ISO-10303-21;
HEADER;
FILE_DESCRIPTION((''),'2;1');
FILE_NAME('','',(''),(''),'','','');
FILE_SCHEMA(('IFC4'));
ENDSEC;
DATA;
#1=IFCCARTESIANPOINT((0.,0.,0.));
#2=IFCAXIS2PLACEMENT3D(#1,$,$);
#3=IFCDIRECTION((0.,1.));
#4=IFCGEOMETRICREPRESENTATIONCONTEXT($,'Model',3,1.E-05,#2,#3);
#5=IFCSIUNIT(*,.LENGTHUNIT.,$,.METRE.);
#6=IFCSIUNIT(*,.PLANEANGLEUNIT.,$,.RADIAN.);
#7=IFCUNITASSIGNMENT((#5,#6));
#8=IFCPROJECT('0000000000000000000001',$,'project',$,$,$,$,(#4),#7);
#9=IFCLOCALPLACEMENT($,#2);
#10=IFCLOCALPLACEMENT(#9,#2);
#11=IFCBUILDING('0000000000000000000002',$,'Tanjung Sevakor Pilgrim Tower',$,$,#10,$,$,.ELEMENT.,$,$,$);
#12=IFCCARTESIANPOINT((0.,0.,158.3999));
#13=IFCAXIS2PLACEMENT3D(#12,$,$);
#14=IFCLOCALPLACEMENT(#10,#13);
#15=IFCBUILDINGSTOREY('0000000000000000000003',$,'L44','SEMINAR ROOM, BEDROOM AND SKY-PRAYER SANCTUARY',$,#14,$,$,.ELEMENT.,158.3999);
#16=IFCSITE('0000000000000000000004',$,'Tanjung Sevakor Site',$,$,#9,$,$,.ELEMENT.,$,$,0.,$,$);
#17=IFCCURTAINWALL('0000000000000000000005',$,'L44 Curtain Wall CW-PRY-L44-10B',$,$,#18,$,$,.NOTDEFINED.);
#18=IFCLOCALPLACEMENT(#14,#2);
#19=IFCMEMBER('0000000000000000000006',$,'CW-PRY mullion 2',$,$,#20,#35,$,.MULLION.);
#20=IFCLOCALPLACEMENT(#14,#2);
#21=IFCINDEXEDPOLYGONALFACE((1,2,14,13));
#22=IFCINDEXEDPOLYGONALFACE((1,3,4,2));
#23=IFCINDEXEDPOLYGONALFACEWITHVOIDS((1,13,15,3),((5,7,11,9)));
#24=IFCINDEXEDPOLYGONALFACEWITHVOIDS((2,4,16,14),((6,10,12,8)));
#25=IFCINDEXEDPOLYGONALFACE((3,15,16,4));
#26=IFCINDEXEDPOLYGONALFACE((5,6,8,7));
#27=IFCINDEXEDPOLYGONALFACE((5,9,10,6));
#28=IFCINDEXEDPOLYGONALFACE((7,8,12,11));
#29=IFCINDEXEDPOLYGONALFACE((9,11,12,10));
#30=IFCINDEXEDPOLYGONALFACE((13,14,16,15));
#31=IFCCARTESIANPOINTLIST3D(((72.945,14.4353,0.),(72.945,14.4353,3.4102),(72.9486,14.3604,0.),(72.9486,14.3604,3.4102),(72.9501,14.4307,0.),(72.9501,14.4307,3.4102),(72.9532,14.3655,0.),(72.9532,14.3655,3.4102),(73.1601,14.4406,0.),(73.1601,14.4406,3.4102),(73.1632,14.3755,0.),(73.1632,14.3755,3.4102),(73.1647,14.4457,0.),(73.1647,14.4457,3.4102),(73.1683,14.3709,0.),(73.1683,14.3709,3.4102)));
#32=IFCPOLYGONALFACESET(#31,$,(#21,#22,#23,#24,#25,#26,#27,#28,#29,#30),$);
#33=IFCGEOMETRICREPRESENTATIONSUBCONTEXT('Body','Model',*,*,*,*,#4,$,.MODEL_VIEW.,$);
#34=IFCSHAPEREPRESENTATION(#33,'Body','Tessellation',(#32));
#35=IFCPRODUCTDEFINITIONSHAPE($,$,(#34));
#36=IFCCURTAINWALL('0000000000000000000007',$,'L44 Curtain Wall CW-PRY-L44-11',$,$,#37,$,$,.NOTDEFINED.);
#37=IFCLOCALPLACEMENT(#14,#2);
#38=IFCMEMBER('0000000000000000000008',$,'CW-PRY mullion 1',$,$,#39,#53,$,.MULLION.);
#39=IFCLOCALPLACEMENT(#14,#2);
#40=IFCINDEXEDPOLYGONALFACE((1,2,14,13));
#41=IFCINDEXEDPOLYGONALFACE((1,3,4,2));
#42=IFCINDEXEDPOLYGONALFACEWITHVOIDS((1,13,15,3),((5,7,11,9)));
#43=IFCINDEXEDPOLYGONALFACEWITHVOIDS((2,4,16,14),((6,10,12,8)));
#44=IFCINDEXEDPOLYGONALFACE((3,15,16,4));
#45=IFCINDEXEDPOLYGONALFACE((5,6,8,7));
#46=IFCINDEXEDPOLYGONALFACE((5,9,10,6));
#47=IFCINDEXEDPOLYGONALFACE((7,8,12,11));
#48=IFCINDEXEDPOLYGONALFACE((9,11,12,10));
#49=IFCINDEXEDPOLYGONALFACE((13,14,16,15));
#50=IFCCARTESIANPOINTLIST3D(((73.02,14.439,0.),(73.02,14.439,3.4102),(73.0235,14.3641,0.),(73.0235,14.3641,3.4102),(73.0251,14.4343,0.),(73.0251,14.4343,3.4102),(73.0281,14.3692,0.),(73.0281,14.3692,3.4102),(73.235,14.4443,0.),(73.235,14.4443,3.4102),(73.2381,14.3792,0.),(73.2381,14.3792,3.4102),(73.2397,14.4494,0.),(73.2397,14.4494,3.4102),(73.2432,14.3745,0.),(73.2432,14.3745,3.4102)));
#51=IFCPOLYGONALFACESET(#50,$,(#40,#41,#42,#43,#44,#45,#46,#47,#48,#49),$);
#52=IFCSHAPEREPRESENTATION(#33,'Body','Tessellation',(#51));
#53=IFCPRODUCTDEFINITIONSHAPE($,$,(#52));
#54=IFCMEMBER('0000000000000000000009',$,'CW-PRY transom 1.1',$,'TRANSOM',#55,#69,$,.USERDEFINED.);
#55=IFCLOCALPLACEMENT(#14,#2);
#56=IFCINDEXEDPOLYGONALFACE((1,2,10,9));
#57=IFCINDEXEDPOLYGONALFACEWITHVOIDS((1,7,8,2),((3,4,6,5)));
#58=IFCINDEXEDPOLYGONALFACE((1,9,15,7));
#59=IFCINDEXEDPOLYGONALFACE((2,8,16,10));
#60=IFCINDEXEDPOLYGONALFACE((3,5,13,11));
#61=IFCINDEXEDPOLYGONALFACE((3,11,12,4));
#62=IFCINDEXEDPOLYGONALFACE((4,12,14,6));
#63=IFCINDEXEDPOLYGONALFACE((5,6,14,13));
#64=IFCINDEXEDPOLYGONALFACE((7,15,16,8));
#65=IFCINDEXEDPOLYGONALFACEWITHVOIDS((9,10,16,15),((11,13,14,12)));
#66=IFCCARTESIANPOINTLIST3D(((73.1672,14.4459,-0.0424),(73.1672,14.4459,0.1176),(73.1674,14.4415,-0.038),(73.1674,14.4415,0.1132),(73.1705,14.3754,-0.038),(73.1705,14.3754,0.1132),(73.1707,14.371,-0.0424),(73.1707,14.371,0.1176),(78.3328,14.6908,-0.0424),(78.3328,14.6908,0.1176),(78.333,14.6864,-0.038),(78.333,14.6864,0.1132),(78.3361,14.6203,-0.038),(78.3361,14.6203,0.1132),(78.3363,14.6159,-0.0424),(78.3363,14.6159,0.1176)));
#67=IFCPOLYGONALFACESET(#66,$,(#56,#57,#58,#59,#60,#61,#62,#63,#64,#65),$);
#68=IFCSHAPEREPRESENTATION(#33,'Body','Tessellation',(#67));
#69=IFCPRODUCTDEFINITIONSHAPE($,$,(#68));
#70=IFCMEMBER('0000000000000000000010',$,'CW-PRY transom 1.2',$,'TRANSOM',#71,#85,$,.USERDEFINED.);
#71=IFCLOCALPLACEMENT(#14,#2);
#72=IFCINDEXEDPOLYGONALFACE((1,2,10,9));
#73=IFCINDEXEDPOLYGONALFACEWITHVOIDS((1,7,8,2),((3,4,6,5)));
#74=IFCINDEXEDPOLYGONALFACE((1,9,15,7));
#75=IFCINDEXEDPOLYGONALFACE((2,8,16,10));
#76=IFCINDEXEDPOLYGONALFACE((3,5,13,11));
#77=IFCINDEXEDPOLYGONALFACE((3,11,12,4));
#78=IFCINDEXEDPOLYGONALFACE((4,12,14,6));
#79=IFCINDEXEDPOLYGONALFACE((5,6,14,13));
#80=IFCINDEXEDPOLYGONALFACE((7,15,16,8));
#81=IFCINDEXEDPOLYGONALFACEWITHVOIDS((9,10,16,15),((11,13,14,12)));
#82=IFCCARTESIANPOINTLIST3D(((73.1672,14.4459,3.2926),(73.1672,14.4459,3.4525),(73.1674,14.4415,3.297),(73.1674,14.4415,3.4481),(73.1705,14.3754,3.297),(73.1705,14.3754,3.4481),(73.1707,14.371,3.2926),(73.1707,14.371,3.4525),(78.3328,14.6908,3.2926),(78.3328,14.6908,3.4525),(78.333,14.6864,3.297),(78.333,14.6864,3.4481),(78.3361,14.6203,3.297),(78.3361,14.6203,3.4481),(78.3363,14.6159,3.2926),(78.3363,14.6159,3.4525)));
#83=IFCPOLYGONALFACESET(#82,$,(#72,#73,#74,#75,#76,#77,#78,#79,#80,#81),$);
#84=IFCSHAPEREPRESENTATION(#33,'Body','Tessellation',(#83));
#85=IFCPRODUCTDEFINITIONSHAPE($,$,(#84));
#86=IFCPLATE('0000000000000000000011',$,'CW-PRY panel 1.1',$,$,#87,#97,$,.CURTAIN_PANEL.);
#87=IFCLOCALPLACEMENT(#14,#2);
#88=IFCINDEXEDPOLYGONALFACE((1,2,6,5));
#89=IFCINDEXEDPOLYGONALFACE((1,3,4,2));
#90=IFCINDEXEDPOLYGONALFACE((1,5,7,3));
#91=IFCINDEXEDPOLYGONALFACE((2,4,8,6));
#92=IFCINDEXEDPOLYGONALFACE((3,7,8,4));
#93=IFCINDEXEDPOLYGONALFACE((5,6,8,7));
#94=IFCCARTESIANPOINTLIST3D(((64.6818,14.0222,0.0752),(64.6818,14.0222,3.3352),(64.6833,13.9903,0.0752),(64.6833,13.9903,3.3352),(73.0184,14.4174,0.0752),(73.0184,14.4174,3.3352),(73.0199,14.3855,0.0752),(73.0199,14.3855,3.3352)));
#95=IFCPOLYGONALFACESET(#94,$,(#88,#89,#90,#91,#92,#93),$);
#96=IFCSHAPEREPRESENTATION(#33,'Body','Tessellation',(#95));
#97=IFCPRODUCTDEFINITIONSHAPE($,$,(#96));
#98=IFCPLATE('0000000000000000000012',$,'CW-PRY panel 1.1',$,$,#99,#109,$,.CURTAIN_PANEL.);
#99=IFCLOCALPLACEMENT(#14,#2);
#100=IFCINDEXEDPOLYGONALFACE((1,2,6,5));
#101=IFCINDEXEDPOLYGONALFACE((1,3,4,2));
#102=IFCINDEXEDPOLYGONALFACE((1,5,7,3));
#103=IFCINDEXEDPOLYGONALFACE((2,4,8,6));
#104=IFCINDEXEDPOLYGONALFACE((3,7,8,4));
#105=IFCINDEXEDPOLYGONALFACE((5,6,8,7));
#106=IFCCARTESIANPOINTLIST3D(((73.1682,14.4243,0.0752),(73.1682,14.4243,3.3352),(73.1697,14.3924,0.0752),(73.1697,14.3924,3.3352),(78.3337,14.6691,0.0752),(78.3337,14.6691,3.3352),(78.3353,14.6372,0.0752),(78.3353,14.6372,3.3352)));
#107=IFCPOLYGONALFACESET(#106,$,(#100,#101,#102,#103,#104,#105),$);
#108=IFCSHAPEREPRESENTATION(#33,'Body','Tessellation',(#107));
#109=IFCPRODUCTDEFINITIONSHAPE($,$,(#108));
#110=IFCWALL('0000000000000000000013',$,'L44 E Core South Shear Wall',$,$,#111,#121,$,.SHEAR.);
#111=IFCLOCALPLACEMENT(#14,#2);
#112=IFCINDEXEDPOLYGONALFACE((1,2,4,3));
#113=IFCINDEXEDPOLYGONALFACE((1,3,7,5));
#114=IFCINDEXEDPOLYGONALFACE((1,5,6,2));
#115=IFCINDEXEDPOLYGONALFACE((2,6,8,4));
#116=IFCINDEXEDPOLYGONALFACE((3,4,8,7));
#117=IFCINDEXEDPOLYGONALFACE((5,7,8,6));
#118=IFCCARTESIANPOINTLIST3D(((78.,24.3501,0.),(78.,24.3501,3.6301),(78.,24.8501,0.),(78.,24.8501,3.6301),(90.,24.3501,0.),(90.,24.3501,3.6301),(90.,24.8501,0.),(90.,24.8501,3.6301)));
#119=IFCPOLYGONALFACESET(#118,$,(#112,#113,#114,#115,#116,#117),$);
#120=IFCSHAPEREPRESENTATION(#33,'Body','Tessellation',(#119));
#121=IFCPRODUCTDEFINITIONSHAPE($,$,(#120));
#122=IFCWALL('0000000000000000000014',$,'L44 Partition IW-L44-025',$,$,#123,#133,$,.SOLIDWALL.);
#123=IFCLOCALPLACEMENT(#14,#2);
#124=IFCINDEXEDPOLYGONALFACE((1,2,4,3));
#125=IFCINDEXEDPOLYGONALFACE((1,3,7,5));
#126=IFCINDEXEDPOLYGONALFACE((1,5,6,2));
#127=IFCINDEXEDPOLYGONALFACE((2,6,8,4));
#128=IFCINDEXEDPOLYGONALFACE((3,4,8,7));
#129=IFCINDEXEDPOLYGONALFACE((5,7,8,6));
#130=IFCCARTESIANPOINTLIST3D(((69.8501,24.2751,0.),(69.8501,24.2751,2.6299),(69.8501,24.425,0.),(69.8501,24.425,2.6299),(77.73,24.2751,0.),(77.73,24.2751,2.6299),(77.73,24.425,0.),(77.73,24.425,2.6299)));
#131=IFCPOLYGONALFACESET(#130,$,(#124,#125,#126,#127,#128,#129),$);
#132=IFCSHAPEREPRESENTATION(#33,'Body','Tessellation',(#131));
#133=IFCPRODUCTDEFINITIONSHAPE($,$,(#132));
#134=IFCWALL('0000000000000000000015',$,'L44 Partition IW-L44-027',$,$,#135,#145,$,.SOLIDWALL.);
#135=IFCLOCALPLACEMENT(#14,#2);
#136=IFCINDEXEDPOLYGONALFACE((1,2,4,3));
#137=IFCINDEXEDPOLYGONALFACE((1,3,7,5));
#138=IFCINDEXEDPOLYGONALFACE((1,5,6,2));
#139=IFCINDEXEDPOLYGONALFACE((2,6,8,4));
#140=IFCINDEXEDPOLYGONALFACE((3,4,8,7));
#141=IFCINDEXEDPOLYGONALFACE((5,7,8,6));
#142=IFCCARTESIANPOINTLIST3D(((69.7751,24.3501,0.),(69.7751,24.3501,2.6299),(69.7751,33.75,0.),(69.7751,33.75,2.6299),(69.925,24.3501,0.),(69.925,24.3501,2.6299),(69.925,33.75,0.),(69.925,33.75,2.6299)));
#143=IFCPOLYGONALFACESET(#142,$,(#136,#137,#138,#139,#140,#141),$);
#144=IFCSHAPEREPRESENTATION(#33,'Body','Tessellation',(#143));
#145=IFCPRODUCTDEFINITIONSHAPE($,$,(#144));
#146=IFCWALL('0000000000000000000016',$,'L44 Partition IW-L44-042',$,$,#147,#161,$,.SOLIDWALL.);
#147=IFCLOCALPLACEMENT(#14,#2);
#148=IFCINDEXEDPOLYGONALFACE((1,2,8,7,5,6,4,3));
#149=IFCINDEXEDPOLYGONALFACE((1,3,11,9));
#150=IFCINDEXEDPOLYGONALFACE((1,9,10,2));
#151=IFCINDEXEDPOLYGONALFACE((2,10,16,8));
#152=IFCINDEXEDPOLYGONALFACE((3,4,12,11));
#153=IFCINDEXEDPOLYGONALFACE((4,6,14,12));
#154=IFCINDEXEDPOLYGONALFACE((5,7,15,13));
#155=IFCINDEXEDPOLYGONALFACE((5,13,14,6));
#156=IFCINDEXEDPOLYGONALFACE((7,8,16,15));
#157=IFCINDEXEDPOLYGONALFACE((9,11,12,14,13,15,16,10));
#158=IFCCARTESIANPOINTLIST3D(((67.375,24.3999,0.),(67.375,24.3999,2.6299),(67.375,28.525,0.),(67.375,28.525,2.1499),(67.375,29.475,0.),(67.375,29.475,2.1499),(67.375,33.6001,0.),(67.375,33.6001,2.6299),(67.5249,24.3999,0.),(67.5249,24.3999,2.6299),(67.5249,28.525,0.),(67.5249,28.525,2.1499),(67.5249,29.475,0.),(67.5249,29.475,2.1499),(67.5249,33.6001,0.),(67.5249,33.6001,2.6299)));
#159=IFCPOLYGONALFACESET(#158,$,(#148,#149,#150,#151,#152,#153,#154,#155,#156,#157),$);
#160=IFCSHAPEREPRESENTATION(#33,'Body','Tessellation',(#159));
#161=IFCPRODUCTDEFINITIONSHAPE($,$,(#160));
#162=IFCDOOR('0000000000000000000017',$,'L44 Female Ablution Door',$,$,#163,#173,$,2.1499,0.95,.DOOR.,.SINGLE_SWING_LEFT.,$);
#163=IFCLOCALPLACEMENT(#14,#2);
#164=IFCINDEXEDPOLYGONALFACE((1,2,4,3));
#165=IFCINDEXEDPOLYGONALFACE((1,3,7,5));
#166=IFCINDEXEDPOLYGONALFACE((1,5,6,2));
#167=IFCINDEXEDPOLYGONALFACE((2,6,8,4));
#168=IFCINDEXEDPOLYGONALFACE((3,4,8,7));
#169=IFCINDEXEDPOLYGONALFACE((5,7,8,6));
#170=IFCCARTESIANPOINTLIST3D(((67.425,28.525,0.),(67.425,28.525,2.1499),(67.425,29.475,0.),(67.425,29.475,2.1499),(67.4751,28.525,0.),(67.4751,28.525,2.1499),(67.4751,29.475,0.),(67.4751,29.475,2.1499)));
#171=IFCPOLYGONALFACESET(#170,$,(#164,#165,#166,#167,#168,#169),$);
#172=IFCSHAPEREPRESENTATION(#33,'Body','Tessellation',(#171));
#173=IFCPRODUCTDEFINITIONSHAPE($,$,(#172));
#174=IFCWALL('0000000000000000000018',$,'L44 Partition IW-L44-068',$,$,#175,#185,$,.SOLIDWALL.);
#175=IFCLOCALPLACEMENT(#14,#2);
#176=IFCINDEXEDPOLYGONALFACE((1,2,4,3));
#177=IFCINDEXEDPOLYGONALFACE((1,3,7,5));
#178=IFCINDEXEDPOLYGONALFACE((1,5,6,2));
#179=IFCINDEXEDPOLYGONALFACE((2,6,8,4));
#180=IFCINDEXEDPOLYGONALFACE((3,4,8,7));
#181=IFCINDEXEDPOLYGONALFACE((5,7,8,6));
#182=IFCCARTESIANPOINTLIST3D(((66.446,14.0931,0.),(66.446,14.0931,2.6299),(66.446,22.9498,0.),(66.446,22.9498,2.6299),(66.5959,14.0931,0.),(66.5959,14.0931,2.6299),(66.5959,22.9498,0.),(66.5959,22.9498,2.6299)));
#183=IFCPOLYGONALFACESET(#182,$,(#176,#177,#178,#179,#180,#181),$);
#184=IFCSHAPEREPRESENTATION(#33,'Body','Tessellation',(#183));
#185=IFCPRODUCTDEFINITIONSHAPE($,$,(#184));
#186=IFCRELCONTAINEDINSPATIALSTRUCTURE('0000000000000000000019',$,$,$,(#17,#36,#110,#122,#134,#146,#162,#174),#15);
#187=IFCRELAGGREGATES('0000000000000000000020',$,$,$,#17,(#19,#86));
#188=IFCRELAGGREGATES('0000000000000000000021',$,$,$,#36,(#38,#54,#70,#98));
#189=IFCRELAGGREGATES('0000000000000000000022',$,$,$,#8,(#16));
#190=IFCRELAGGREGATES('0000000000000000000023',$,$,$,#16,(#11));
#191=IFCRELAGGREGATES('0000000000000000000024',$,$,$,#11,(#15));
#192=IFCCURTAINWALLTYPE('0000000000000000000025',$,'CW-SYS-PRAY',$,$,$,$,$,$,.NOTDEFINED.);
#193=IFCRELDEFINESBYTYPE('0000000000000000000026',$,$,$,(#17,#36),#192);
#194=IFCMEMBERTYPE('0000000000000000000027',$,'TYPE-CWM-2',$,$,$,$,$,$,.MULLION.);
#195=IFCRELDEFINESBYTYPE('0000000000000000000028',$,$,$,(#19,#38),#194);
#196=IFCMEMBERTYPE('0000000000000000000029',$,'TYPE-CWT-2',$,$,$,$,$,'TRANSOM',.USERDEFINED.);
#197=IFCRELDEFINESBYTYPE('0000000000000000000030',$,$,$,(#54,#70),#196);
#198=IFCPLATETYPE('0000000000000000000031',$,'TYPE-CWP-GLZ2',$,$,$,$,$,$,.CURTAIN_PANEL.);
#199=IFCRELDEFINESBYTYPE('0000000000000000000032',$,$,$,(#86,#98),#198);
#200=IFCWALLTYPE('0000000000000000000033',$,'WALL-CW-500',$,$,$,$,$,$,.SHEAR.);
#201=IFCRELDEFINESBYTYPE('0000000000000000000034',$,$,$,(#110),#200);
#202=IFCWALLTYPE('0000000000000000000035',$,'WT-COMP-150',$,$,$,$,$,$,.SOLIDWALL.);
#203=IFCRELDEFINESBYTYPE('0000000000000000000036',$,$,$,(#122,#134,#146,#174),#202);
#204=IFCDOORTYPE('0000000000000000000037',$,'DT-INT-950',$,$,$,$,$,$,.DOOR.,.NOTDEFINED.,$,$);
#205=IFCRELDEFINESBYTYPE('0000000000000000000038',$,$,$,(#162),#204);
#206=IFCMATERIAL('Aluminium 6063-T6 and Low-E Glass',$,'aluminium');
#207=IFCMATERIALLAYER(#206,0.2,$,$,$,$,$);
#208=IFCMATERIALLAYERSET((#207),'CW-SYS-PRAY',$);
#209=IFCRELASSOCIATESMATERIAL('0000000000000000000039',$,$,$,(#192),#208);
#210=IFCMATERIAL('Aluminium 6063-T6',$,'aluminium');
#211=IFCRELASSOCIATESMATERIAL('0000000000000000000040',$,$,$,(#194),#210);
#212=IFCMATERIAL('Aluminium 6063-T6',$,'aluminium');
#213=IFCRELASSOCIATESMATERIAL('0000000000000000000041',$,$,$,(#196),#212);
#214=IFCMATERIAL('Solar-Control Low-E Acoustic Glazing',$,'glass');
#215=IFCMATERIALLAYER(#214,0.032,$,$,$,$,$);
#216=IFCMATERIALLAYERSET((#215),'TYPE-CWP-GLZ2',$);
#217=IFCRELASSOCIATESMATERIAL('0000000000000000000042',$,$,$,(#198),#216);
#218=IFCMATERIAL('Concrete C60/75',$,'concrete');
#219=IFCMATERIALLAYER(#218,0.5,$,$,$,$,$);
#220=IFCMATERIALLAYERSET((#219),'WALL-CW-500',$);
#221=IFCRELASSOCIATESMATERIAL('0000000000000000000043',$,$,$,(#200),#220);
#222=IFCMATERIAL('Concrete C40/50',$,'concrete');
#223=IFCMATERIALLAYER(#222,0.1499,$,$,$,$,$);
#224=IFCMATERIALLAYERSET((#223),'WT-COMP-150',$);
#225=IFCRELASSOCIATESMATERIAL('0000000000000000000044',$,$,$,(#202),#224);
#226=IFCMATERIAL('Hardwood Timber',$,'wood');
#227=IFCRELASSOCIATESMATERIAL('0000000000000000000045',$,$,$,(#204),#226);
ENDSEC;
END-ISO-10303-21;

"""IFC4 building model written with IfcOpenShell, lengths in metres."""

from ifc_helpers import new_model, si_unit, direction, frame, frame_2d, origin, origin_2d, place, context, subcontext, project, spatial, rectangle, hollow_rectangle, extrude, material, layer, layer_set, material_profile, profile_set, type_object, element, fill, aggregate, save


model = new_model("IFC4")

# Units and contexts
model_context = context("Model", 3, precision=1e-05, world=origin(), true_north=direction((0.0, 1.0)))
body_context = subcontext(model_context, "Body", "Model", "MODEL_VIEW")
ifc_project = project(units=[si_unit("LENGTHUNIT", "METRE"), si_unit("PLANEANGLEUNIT", "RADIAN")], contexts=[model_context])

# Site, building, storey
site_placement = place(None, origin())
site = spatial("IfcSite", under=ifc_project, at=site_placement, Name="Tanjung Sevakor Site", CompositionType="ELEMENT", RefElevation=0.0)
building_placement = place(site_placement, origin())
building = spatial("IfcBuilding", under=site, at=building_placement, Name="Tanjung Sevakor Pilgrim Tower", CompositionType="ELEMENT")
storey_placement = place(building_placement, frame((0.0, 0.0, 158.3999)))
storey = spatial("IfcBuildingStorey", under=building, at=storey_placement, Name="L44", Description="SEMINAR ROOM, BEDROOM AND SKY-PRAYER SANCTUARY", CompositionType="ELEMENT", Elevation=158.3999)

# Curtain wall, member
ifc_material_1 = material(Name="Aluminium 6063-T6 and Low-E Glass", Category="aluminium")
ifc_layer_1 = layer(ifc_material_1, 0.2)
ifc_layer_set_1 = layer_set([ifc_layer_1], Name="CW-SYS-PRAY")
curtain_wall_type = type_object("IfcCurtainWallType", Name="CW-SYS-PRAY", PredefinedType="NOTDEFINED", material=ifc_layer_set_1)
curtain_wall_1_placement = place(storey_placement, origin())
curtain_wall_1 = element("IfcCurtainWall", 1, at=curtain_wall_1_placement, inside=storey, type_object=curtain_wall_type, Name="L44 Curtain Wall CW-PRY-L44-10B", PredefinedType="NOTDEFINED")
ifc_material_2 = material(Name="Aluminium 6063-T6", Category="aluminium")
ifc_material_profile_1 = material_profile(ifc_material_2, hollow_rectangle(XDim=0.075, YDim=0.22, WallThickness=0.0049, at=origin_2d()))
ifc_profile_set_1 = profile_set([ifc_material_profile_1], Name="Aluminium 6063-T6")
member_type_1 = type_object("IfcMemberType", Name="TYPE-CWM-2", PredefinedType="MULLION", material=ifc_profile_set_1)
member_1_placement = place(storey_placement, frame((73.0566, 14.4031, 0.0), z_axis=(0.0, 0.0, 1.0), x_axis=(-0.047352, 0.998878, 0.0)))
member_1 = element("IfcMember", 2, at=member_1_placement, type_object=member_type_1, Name="CW-PRY mullion 2", PredefinedType="MULLION", context=body_context, shape_type="SweptSolid", body=[
    extrude(hollow_rectangle(XDim=0.075, YDim=0.22, WallThickness=0.0049, at=origin_2d()), origin(), (0.0, 0.0, 1.0), 3.4102),
])

# Curtain wall, members
curtain_wall_2_placement = place(storey_placement, origin())
curtain_wall_2 = element("IfcCurtainWall", 3, at=curtain_wall_2_placement, inside=storey, type_object=curtain_wall_type, Name="L44 Curtain Wall CW-PRY-L44-11", PredefinedType="NOTDEFINED")
member_2_placement = place(storey_placement, frame((73.1316, 14.4067, 0.0), z_axis=(0.0, 0.0, 1.0), x_axis=(-0.047333, 0.998879, 0.0)))
member_2 = element("IfcMember", 4, at=member_2_placement, type_object=member_type_1, Name="CW-PRY mullion 1", PredefinedType="MULLION", context=body_context, shape_type="SweptSolid", body=[
    extrude(hollow_rectangle(XDim=0.075, YDim=0.22, WallThickness=0.0049, at=origin_2d()), origin(), (0.0, 0.0, 1.0), 3.4102),
])
ifc_material_3 = material(Name="Aluminium 6063-T6", Category="aluminium")
ifc_material_profile_2 = material_profile(ifc_material_3, hollow_rectangle(XDim=0.075, YDim=0.1599, WallThickness=0.0044, at=origin_2d()))
ifc_profile_set_2 = profile_set([ifc_material_profile_2], Name="Aluminium 6063-T6")
member_type_2 = type_object("IfcMemberType", Name="TYPE-CWT-2", ElementType="TRANSOM", PredefinedType="USERDEFINED", material=ifc_profile_set_2)
member_3_placement = place(storey_placement, frame((73.1689, 14.4084, 0.0376), z_axis=(0.998878, 0.047352, 0.0), x_axis=(-0.047352, 0.998878, 0.0)))
member_3 = element("IfcMember", 5, at=member_3_placement, type_object=member_type_2, Name="CW-PRY transom 1.1", ObjectType="TRANSOM", PredefinedType="USERDEFINED", context=body_context, shape_type="SweptSolid", body=[
    extrude(hollow_rectangle(XDim=0.075, YDim=0.1599, WallThickness=0.0044, at=origin_2d()), origin(), (0.0, 0.0, 1.0), 5.1714),
])
member_4_placement = place(storey_placement, frame((73.1689, 14.4084, 3.3726), z_axis=(0.998878, 0.047352, 0.0), x_axis=(-0.047352, 0.998878, 0.0)))
member_4 = element("IfcMember", 6, at=member_4_placement, type_object=member_type_2, Name="CW-PRY transom 1.2", ObjectType="TRANSOM", PredefinedType="USERDEFINED", context=body_context, shape_type="SweptSolid", body=[
    extrude(hollow_rectangle(XDim=0.075, YDim=0.1599, WallThickness=0.0044, at=origin_2d()), origin(), (0.0, 0.0, 1.0), 5.1714),
])

# Plates
ifc_material_4 = material(Name="Solar-Control Low-E Acoustic Glazing", Category="glass")
ifc_layer_2 = layer(ifc_material_4, 0.032)
ifc_layer_set_2 = layer_set([ifc_layer_2], Name="TYPE-CWP-GLZ2")
plate_type = type_object("IfcPlateType", Name="TYPE-CWP-GLZ2", PredefinedType="CURTAIN_PANEL", material=ifc_layer_set_2)
plate_1_placement = place(storey_placement, frame((68.8508, 14.2039, 0.0752), z_axis=(0.0, 0.0, 1.0), x_axis=(0.998878, 0.047352, 0.0)))
plate_1 = element("IfcPlate", 7, at=plate_1_placement, type_object=plate_type, Name="CW-PRY panel 1.1", PredefinedType="CURTAIN_PANEL", context=body_context, shape_type="SweptSolid", body=[
    extrude(rectangle(XDim=8.3459, YDim=0.032, at=origin_2d()), origin(), (0.0, 0.0, 1.0), 3.26),
])
aggregate(curtain_wall_1, [member_1, plate_1])
plate_2_placement = place(storey_placement, frame((75.7517, 14.5308, 0.0752), z_axis=(0.0, 0.0, 1.0), x_axis=(0.998879, 0.047333, 0.0)))
plate_2 = element("IfcPlate", 8, at=plate_2_placement, type_object=plate_type, Name="CW-PRY panel 1.1", PredefinedType="CURTAIN_PANEL", context=body_context, shape_type="SweptSolid", body=[
    extrude(rectangle(XDim=5.1714, YDim=0.032, at=origin_2d()), origin(), (0.0, 0.0, 1.0), 3.26),
])
aggregate(curtain_wall_2, [member_2, member_3, member_4, plate_2])

# Walls
ifc_material_5 = material(Name="Concrete C60/75", Category="concrete")
ifc_layer_3 = layer(ifc_material_5, 0.5)
ifc_layer_set_3 = layer_set([ifc_layer_3], Name="WALL-CW-500")
wall_type_1 = type_object("IfcWallType", Name="WALL-CW-500", PredefinedType="SHEAR", material=ifc_layer_set_3)
wall_1_placement = place(storey_placement, frame((78.0, 24.6001, 0.0), z_axis=(0.0, 0.0, 1.0), x_axis=(1.0, 0.0, 0.0)))
element("IfcWall", 9, at=wall_1_placement, inside=storey, type_object=wall_type_1, Name="L44 E Core South Shear Wall", PredefinedType="SHEAR", context=body_context, shape_type="SweptSolid", body=[
    extrude(rectangle(XDim=12.0, YDim=0.5, at=frame_2d((6.0, 0.0))), origin(), (0.0, 0.0, 1.0), 3.6301),
])
ifc_material_6 = material(Name="Concrete C40/50", Category="concrete")
ifc_layer_4 = layer(ifc_material_6, 0.1499)
ifc_layer_set_4 = layer_set([ifc_layer_4], Name="WT-COMP-150")
wall_type_2 = type_object("IfcWallType", Name="WT-COMP-150", PredefinedType="SOLIDWALL", material=ifc_layer_set_4)
wall_2_placement = place(storey_placement, frame((69.8501, 24.3501, 0.0), z_axis=(0.0, 0.0, 1.0), x_axis=(1.0, 0.0, 0.0)))
element("IfcWall", 10, at=wall_2_placement, inside=storey, type_object=wall_type_2, Name="L44 Partition IW-L44-025", PredefinedType="SOLIDWALL", context=body_context, shape_type="SweptSolid", body=[
    extrude(rectangle(XDim=7.8799, YDim=0.1499, at=frame_2d((3.9399, 0.0))), origin(), (0.0, 0.0, 1.0), 2.6299),
])
wall_3_placement = place(storey_placement, frame((69.8501, 24.3501, 0.0), z_axis=(0.0, 0.0, 1.0), x_axis=(0.0, 1.0, 0.0)))
element("IfcWall", 11, at=wall_3_placement, inside=storey, type_object=wall_type_2, Name="L44 Partition IW-L44-027", PredefinedType="SOLIDWALL", context=body_context, shape_type="SweptSolid", body=[
    extrude(rectangle(XDim=9.3999, YDim=0.1499, at=frame_2d((4.7, 0.0))), origin(), (0.0, 0.0, 1.0), 2.6299),
])

# Wall, opening, door
wall_4_placement = place(storey_placement, frame((67.45, 24.3999, 0.0), z_axis=(0.0, 0.0, 1.0), x_axis=(0.0, 1.0, 0.0)))
wall_4 = element("IfcWall", 12, at=wall_4_placement, inside=storey, type_object=wall_type_2, Name="L44 Partition IW-L44-042", PredefinedType="SOLIDWALL", context=body_context, shape_type="SweptSolid", body=[
    extrude(rectangle(XDim=9.2002, YDim=0.1499, at=frame_2d((4.6001, 0.0))), origin(), (0.0, 0.0, 1.0), 2.6299),
])
opening_1_placement = place(wall_4_placement, frame((4.125, 0.0, 0.0)))
opening_1 = element("IfcOpeningElement", 13, at=opening_1_placement, cuts=wall_4, PredefinedType="OPENING", context=body_context, shape_type="SweptSolid", body=[
    extrude(rectangle(XDim=0.95, YDim=2.1499, at=frame_2d((0.4751, 1.075))), frame((0.0, 0.085, 0.0), z_axis=(0.0, -1.0, 0.0), x_axis=(1.0, 0.0, 0.0)), (0.0, 0.0, 1.0), 0.1699),
])
ifc_material_7 = material(Name="Hardwood Timber", Category="wood")
door_type_1 = type_object("IfcDoorType", Name="DT-INT-950", OperationType="NOTDEFINED", PredefinedType="DOOR", material=ifc_material_7)
door_1_placement = place(opening_1_placement, origin())
door_1 = element("IfcDoor", 14, at=door_1_placement, inside=storey, type_object=door_type_1, Name="L44 Female Ablution Door", OperationType="SINGLE_SWING_LEFT", OverallHeight=2.1499, OverallWidth=0.95, PredefinedType="DOOR", context=body_context, shape_type="SweptSolid", body=[
    extrude(rectangle(XDim=0.95, YDim=2.1499, at=frame_2d((0.4751, 1.075))), frame((0.0, 0.0249, 0.0), z_axis=(0.0, -1.0, 0.0), x_axis=(1.0, 0.0, 0.0)), (0.0, 0.0, 1.0), 0.05),
])
fill(opening_1, door_1)

# Wall
wall_5_placement = place(storey_placement, frame((66.521, 14.0933, 0.0), z_axis=(0.0, 0.0, 1.0), x_axis=(0.0, 1.0, 0.0)))
element("IfcWall", 15, at=wall_5_placement, inside=storey, type_object=wall_type_2, Name="L44 Partition IW-L44-068", PredefinedType="SOLIDWALL", context=body_context, shape_type="SweptSolid", body=[
    extrude(rectangle(XDim=8.8567, YDim=0.1499, at=frame_2d((4.4282, 0.0))), origin(), (0.0, 0.0, 1.0), 2.6299),
])

save(model, "model.ifc")
